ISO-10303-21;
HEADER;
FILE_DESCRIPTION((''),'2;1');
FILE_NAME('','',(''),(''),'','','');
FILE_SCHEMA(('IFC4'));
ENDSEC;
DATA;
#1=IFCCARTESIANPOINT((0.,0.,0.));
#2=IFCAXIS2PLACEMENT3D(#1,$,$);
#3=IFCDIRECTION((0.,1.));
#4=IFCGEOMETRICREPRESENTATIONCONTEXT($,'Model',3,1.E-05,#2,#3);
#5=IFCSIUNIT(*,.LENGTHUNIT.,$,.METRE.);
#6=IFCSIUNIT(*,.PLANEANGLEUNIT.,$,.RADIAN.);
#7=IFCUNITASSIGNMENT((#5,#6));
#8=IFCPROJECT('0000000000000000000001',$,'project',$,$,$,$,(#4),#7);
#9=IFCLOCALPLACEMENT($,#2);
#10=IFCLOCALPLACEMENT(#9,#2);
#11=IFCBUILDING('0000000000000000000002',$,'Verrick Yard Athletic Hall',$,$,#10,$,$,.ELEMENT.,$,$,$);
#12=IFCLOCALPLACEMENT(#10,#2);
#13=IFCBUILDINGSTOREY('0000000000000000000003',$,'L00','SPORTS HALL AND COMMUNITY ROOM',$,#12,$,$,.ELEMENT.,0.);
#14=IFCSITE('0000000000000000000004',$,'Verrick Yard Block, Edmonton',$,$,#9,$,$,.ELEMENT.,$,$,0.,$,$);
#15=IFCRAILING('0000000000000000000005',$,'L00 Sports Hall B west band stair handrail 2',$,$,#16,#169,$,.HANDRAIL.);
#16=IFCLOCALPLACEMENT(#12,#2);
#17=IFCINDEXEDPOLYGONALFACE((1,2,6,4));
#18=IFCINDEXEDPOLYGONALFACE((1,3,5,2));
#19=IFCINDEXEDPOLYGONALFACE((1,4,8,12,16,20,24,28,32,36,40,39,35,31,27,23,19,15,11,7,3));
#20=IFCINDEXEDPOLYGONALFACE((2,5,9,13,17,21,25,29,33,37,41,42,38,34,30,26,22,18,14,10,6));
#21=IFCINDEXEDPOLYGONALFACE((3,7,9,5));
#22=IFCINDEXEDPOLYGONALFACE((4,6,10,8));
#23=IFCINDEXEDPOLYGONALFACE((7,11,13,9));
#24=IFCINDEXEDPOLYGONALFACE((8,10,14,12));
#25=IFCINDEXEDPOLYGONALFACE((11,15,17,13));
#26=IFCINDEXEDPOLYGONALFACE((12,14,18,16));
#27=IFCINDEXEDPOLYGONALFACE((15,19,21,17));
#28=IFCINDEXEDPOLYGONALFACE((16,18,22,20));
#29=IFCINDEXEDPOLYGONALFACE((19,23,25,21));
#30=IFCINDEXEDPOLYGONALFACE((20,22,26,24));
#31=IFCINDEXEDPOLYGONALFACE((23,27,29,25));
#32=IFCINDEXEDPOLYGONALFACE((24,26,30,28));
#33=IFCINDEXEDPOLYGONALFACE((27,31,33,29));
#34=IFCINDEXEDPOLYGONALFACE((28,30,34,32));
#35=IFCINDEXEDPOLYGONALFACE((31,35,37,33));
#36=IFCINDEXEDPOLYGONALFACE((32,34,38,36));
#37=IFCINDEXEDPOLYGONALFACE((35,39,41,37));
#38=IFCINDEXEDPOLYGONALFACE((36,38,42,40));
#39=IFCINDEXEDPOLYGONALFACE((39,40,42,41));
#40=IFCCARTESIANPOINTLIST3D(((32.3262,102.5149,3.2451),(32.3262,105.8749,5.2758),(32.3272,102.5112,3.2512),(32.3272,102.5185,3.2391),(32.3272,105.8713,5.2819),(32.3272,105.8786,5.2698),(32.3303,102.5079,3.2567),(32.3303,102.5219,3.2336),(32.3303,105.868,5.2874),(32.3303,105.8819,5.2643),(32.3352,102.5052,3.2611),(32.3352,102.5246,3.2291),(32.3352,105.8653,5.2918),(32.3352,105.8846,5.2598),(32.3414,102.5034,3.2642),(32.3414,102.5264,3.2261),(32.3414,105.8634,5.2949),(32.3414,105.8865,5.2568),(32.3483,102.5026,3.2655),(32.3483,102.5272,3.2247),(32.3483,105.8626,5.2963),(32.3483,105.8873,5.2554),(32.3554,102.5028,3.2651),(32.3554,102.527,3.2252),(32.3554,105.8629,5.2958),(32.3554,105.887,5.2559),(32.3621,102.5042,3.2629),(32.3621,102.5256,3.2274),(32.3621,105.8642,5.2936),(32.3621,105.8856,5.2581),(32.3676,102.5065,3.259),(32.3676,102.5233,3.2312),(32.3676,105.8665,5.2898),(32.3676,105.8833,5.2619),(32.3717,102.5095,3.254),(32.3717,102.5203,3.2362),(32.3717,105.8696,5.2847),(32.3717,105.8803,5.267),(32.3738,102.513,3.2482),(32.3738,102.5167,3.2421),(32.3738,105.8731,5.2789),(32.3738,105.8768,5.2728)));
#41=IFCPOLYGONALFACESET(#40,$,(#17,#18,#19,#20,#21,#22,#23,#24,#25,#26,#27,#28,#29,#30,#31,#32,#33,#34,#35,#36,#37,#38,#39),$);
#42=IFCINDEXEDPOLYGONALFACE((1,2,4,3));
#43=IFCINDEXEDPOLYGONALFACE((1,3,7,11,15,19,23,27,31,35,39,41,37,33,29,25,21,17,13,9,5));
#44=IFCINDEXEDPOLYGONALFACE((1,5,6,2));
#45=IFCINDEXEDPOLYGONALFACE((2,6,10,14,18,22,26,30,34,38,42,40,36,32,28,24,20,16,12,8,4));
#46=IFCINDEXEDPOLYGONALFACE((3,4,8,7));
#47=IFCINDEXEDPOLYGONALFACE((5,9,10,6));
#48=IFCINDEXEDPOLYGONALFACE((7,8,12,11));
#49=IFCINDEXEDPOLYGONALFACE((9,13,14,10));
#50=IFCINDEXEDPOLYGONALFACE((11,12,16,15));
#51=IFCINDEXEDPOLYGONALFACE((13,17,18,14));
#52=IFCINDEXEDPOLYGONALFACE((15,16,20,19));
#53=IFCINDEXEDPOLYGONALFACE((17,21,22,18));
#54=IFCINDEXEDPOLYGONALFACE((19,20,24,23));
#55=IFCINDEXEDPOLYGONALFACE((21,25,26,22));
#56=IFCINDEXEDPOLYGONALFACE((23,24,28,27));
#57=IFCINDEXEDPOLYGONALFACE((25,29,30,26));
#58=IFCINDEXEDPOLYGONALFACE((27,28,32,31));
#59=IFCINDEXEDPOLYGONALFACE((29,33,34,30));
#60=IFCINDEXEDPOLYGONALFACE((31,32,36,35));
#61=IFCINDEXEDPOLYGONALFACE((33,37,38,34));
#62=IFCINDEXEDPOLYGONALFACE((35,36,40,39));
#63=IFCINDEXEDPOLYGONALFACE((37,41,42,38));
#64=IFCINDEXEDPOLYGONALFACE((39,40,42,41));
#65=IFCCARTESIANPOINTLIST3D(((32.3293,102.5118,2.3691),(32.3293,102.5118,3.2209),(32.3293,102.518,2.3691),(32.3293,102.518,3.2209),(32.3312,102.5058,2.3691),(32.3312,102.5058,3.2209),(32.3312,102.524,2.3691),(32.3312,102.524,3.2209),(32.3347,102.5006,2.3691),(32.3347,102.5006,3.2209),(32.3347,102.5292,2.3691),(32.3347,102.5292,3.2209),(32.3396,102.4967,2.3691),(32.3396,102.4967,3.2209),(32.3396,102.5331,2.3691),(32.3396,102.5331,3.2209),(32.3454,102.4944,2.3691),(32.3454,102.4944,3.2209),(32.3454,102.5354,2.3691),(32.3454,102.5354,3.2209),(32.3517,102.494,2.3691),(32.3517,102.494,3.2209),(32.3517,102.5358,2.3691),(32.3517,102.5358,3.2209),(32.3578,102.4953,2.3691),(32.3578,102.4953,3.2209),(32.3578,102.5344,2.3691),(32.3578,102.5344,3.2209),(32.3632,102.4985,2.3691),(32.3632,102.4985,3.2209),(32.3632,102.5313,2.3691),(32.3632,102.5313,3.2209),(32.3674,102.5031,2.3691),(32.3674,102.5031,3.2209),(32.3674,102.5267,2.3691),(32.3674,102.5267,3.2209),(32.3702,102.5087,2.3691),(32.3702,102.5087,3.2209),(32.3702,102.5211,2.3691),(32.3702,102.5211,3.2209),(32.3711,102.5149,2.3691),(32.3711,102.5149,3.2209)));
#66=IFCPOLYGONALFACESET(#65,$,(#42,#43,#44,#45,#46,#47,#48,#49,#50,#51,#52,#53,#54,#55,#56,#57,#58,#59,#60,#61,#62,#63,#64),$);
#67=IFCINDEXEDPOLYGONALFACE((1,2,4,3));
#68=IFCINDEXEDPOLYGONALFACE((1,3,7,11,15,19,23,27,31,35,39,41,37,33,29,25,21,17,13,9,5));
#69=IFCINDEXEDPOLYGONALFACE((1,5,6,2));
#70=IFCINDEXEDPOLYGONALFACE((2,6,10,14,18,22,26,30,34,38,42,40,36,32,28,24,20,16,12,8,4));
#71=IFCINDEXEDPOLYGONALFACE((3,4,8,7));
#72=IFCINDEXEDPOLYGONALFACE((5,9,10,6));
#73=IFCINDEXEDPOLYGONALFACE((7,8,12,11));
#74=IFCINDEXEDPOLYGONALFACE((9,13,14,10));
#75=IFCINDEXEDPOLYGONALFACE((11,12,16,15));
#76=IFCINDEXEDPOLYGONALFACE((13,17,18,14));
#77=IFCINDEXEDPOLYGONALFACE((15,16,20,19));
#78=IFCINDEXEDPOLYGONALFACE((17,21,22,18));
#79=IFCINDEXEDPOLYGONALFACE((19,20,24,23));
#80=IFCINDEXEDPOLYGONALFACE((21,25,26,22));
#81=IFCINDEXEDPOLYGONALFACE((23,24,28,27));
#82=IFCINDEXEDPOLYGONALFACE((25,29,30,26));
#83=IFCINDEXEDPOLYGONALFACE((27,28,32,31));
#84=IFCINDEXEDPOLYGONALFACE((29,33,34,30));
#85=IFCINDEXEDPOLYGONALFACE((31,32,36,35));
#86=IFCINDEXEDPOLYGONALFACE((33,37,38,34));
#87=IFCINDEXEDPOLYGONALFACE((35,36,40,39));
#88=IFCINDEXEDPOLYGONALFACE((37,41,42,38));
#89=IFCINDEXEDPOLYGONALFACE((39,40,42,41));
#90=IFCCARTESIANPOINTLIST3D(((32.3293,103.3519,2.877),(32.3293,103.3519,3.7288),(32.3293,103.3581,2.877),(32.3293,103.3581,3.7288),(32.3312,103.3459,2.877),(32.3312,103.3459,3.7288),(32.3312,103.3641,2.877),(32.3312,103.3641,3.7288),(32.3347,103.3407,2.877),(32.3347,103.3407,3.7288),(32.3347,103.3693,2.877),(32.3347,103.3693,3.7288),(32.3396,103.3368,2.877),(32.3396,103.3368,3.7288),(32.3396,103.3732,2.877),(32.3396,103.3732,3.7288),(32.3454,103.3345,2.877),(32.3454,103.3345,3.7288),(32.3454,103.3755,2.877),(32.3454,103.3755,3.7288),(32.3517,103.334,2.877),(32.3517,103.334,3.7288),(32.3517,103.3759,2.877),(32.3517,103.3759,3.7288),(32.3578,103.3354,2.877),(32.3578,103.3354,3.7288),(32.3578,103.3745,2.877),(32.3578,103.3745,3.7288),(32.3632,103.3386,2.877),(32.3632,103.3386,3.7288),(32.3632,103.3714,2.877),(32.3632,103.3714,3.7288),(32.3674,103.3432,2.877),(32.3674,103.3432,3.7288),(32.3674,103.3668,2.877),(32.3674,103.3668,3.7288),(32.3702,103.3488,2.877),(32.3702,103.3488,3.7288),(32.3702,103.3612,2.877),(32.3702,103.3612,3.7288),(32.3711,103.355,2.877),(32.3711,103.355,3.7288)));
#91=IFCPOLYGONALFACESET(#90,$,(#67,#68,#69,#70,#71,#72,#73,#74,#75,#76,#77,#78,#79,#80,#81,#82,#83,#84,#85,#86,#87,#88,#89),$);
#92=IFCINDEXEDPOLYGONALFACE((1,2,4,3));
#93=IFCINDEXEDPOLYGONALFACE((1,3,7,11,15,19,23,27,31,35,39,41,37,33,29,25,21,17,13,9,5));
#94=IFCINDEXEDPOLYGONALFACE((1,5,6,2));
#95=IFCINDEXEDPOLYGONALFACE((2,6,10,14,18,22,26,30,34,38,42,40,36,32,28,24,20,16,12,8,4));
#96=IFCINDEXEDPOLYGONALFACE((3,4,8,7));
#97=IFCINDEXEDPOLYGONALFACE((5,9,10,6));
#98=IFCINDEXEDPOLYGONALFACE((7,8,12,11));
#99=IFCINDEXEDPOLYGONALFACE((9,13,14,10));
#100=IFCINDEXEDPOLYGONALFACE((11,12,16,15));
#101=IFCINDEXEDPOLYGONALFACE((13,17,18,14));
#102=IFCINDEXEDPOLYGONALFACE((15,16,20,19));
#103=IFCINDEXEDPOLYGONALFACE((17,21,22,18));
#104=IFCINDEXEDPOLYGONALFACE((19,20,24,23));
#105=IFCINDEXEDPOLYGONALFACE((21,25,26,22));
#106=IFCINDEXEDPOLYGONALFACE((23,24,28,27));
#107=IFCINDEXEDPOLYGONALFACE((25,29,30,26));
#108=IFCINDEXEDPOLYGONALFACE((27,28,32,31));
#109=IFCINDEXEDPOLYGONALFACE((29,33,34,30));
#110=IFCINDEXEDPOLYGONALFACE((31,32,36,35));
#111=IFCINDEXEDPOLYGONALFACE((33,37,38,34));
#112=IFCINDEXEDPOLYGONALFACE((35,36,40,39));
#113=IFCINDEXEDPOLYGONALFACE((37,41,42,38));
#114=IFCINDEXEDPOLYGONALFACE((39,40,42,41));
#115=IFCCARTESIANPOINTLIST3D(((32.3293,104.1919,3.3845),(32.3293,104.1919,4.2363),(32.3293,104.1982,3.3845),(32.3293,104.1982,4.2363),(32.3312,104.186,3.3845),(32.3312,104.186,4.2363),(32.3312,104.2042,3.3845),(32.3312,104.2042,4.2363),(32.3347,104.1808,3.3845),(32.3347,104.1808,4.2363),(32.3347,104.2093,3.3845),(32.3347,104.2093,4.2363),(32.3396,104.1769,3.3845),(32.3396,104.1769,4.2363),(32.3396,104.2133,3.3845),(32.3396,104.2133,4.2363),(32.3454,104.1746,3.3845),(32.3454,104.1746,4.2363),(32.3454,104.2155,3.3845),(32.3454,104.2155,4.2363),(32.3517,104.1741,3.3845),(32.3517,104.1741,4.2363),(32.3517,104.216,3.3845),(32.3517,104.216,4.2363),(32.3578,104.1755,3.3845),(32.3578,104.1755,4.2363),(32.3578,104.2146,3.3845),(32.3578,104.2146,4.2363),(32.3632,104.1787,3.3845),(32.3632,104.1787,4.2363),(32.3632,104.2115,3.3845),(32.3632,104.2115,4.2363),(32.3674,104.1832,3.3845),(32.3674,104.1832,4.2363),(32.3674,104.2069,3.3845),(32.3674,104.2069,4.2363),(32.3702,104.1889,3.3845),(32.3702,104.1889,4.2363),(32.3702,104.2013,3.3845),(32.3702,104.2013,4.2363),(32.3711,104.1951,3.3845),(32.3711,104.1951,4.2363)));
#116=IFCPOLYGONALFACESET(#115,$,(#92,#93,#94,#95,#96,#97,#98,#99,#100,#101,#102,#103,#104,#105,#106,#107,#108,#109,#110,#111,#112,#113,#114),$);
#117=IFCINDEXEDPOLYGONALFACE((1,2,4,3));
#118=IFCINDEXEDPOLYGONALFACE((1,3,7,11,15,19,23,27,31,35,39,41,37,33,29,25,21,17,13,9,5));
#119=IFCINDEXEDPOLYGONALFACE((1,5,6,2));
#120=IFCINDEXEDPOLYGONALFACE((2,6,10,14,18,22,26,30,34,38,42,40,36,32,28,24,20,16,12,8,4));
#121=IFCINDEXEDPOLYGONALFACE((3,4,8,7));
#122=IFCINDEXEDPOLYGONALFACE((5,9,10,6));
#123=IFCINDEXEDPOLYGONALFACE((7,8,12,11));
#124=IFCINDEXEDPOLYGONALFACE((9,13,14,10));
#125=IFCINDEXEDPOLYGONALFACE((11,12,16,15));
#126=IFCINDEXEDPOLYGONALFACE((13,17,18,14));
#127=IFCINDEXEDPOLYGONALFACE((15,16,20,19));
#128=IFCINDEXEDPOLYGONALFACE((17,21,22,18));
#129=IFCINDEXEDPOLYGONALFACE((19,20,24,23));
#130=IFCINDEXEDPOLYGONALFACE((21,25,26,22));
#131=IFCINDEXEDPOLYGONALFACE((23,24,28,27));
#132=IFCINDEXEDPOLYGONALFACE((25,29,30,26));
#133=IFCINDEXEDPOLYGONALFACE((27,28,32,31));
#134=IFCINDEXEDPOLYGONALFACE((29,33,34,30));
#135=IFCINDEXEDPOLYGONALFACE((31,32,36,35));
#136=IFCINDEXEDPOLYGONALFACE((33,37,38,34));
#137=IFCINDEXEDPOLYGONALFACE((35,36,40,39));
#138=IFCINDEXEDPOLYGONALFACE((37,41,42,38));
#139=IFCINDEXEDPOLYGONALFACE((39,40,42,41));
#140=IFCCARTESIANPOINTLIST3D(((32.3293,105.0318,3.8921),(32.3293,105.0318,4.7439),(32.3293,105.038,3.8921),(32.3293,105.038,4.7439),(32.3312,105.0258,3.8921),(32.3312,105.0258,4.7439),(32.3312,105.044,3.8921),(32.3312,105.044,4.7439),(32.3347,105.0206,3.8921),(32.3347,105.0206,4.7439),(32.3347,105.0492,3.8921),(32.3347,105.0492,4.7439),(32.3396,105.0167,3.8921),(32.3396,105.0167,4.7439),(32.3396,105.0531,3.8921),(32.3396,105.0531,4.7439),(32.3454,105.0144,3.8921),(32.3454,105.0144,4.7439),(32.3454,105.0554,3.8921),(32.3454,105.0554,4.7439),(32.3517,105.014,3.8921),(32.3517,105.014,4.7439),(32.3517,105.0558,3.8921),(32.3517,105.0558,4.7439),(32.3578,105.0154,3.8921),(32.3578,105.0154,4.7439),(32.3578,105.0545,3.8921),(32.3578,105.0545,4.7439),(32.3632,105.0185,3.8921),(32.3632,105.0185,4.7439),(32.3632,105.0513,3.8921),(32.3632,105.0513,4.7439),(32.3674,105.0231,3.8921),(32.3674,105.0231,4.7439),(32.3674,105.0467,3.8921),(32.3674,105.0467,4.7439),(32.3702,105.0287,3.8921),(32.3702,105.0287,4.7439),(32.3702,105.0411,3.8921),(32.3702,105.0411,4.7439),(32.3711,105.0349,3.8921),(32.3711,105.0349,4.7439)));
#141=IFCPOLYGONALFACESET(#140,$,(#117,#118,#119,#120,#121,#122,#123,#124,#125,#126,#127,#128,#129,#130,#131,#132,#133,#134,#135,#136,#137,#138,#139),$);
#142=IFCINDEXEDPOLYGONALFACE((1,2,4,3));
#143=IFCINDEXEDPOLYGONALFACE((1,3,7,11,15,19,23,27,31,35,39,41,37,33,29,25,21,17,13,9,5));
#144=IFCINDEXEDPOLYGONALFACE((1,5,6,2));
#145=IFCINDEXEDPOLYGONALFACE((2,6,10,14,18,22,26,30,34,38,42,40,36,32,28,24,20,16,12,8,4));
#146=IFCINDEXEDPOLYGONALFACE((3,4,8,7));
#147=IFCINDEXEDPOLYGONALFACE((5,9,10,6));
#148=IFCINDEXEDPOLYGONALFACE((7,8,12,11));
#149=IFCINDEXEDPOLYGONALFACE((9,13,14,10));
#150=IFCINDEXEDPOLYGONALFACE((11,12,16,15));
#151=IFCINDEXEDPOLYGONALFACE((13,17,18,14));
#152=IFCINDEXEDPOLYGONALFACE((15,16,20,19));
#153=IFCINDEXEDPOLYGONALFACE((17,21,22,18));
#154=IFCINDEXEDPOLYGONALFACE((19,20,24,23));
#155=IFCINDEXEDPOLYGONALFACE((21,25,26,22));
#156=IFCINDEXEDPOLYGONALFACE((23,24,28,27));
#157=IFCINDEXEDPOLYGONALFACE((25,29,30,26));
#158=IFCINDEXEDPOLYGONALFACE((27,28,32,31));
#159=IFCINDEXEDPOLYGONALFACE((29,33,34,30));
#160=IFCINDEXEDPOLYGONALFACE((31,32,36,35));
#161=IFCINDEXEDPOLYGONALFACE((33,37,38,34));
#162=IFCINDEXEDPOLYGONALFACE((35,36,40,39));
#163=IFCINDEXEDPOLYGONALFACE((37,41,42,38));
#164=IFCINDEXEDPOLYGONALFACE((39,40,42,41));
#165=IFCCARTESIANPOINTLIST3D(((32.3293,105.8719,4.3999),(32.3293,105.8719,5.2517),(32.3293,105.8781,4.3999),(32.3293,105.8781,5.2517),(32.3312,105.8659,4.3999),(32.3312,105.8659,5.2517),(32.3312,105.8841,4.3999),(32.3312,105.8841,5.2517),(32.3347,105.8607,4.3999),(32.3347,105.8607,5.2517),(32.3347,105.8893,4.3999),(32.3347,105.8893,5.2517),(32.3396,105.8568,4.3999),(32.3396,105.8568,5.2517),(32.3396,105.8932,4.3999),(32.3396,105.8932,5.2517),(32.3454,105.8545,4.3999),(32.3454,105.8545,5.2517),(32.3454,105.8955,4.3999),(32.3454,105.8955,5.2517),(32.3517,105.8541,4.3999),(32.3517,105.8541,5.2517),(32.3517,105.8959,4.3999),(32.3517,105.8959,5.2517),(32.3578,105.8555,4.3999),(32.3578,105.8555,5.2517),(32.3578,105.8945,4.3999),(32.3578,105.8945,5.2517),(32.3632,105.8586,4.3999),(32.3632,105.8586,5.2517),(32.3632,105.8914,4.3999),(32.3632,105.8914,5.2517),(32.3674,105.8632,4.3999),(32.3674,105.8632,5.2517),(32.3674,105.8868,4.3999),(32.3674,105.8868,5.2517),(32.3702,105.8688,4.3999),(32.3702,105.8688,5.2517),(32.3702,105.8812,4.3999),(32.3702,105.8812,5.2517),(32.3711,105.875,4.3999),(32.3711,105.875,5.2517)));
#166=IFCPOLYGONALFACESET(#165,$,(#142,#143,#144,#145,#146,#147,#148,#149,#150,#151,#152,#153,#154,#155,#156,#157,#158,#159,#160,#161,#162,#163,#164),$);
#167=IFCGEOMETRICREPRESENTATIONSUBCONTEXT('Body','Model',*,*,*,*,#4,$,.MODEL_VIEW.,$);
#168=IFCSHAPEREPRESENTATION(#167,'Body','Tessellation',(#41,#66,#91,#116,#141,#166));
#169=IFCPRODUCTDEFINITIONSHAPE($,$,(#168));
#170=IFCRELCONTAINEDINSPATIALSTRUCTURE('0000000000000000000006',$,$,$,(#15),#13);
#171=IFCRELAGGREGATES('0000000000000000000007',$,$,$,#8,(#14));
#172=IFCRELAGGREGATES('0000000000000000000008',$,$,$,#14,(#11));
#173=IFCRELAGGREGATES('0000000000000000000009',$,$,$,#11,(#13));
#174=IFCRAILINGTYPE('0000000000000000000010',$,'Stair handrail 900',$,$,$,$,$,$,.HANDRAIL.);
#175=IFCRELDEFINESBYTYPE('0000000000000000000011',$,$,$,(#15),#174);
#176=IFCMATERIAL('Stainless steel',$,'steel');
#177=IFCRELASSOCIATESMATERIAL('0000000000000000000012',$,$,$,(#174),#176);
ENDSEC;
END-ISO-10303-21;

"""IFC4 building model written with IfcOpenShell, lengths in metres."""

from ifc_helpers import new_model, si_unit, direction, frame, origin, origin_2d, place, context, subcontext, project, spatial, circle, extrude, material, type_object, element, save


model = new_model("IFC4")

# Units and contexts
model_context = context("Model", 3, precision=1e-05, world=origin(), true_north=direction((0.0, 1.0)))
body_context = subcontext(model_context, "Body", "Model", "MODEL_VIEW")
ifc_project = project(units=[si_unit("LENGTHUNIT", "METRE"), si_unit("PLANEANGLEUNIT", "RADIAN")], contexts=[model_context])

# Site, building, storey
site_placement = place(None, origin())
site = spatial("IfcSite", under=ifc_project, at=site_placement, Name="Verrick Yard Block, Edmonton", CompositionType="ELEMENT", RefElevation=0.0)
building_placement = place(site_placement, origin())
building = spatial("IfcBuilding", under=site, at=building_placement, Name="Verrick Yard Athletic Hall", CompositionType="ELEMENT")
storey_placement = place(building_placement, origin())
storey = spatial("IfcBuildingStorey", under=building, at=storey_placement, Name="L00", Description="SPORTS HALL AND COMMUNITY ROOM", CompositionType="ELEMENT", Elevation=0.0)

# Railing
ifc_material_1 = material(Name="Stainless steel", Category="steel")
railing_type_1 = type_object("IfcRailingType", Name="Stair handrail 900", PredefinedType="HANDRAIL", material=ifc_material_1)
railing_1_placement = place(storey_placement, frame((32.3501, 102.5149, 2.3691)))
element("IfcRailing", 1, at=railing_1_placement, inside=storey, type_object=railing_type_1, Name="L00 Sports Hall B west band stair handrail 2", PredefinedType="HANDRAIL", context=body_context, shape_type="SweptSolid", body=[
    extrude(circle(Radius=0.0239, at=origin_2d()), frame((0.0, 0.0, 0.876), z_axis=(0.0, 0.855837, 0.517246), x_axis=(-1.0, 0.0, 0.0)), (0.0, 0.0, 1.0), 3.926),
    extrude(circle(Radius=0.021, at=origin_2d()), origin(), (0.0, 0.0, 1.0), 0.8518),
    extrude(circle(Radius=0.021, at=origin_2d()), frame((0.0, 0.8401, 0.5078)), (0.0, 0.0, 1.0), 0.8518),
    extrude(circle(Radius=0.021, at=origin_2d()), frame((0.0, 1.6802, 1.0154)), (0.0, 0.0, 1.0), 0.8518),
    extrude(circle(Radius=0.021, at=origin_2d()), frame((0.0, 2.52, 1.5229)), (0.0, 0.0, 1.0), 0.8518),
    extrude(circle(Radius=0.021, at=origin_2d()), frame((0.0, 3.3601, 2.0308)), (0.0, 0.0, 1.0), 0.8518),
])

save(model, "model.ifc")
